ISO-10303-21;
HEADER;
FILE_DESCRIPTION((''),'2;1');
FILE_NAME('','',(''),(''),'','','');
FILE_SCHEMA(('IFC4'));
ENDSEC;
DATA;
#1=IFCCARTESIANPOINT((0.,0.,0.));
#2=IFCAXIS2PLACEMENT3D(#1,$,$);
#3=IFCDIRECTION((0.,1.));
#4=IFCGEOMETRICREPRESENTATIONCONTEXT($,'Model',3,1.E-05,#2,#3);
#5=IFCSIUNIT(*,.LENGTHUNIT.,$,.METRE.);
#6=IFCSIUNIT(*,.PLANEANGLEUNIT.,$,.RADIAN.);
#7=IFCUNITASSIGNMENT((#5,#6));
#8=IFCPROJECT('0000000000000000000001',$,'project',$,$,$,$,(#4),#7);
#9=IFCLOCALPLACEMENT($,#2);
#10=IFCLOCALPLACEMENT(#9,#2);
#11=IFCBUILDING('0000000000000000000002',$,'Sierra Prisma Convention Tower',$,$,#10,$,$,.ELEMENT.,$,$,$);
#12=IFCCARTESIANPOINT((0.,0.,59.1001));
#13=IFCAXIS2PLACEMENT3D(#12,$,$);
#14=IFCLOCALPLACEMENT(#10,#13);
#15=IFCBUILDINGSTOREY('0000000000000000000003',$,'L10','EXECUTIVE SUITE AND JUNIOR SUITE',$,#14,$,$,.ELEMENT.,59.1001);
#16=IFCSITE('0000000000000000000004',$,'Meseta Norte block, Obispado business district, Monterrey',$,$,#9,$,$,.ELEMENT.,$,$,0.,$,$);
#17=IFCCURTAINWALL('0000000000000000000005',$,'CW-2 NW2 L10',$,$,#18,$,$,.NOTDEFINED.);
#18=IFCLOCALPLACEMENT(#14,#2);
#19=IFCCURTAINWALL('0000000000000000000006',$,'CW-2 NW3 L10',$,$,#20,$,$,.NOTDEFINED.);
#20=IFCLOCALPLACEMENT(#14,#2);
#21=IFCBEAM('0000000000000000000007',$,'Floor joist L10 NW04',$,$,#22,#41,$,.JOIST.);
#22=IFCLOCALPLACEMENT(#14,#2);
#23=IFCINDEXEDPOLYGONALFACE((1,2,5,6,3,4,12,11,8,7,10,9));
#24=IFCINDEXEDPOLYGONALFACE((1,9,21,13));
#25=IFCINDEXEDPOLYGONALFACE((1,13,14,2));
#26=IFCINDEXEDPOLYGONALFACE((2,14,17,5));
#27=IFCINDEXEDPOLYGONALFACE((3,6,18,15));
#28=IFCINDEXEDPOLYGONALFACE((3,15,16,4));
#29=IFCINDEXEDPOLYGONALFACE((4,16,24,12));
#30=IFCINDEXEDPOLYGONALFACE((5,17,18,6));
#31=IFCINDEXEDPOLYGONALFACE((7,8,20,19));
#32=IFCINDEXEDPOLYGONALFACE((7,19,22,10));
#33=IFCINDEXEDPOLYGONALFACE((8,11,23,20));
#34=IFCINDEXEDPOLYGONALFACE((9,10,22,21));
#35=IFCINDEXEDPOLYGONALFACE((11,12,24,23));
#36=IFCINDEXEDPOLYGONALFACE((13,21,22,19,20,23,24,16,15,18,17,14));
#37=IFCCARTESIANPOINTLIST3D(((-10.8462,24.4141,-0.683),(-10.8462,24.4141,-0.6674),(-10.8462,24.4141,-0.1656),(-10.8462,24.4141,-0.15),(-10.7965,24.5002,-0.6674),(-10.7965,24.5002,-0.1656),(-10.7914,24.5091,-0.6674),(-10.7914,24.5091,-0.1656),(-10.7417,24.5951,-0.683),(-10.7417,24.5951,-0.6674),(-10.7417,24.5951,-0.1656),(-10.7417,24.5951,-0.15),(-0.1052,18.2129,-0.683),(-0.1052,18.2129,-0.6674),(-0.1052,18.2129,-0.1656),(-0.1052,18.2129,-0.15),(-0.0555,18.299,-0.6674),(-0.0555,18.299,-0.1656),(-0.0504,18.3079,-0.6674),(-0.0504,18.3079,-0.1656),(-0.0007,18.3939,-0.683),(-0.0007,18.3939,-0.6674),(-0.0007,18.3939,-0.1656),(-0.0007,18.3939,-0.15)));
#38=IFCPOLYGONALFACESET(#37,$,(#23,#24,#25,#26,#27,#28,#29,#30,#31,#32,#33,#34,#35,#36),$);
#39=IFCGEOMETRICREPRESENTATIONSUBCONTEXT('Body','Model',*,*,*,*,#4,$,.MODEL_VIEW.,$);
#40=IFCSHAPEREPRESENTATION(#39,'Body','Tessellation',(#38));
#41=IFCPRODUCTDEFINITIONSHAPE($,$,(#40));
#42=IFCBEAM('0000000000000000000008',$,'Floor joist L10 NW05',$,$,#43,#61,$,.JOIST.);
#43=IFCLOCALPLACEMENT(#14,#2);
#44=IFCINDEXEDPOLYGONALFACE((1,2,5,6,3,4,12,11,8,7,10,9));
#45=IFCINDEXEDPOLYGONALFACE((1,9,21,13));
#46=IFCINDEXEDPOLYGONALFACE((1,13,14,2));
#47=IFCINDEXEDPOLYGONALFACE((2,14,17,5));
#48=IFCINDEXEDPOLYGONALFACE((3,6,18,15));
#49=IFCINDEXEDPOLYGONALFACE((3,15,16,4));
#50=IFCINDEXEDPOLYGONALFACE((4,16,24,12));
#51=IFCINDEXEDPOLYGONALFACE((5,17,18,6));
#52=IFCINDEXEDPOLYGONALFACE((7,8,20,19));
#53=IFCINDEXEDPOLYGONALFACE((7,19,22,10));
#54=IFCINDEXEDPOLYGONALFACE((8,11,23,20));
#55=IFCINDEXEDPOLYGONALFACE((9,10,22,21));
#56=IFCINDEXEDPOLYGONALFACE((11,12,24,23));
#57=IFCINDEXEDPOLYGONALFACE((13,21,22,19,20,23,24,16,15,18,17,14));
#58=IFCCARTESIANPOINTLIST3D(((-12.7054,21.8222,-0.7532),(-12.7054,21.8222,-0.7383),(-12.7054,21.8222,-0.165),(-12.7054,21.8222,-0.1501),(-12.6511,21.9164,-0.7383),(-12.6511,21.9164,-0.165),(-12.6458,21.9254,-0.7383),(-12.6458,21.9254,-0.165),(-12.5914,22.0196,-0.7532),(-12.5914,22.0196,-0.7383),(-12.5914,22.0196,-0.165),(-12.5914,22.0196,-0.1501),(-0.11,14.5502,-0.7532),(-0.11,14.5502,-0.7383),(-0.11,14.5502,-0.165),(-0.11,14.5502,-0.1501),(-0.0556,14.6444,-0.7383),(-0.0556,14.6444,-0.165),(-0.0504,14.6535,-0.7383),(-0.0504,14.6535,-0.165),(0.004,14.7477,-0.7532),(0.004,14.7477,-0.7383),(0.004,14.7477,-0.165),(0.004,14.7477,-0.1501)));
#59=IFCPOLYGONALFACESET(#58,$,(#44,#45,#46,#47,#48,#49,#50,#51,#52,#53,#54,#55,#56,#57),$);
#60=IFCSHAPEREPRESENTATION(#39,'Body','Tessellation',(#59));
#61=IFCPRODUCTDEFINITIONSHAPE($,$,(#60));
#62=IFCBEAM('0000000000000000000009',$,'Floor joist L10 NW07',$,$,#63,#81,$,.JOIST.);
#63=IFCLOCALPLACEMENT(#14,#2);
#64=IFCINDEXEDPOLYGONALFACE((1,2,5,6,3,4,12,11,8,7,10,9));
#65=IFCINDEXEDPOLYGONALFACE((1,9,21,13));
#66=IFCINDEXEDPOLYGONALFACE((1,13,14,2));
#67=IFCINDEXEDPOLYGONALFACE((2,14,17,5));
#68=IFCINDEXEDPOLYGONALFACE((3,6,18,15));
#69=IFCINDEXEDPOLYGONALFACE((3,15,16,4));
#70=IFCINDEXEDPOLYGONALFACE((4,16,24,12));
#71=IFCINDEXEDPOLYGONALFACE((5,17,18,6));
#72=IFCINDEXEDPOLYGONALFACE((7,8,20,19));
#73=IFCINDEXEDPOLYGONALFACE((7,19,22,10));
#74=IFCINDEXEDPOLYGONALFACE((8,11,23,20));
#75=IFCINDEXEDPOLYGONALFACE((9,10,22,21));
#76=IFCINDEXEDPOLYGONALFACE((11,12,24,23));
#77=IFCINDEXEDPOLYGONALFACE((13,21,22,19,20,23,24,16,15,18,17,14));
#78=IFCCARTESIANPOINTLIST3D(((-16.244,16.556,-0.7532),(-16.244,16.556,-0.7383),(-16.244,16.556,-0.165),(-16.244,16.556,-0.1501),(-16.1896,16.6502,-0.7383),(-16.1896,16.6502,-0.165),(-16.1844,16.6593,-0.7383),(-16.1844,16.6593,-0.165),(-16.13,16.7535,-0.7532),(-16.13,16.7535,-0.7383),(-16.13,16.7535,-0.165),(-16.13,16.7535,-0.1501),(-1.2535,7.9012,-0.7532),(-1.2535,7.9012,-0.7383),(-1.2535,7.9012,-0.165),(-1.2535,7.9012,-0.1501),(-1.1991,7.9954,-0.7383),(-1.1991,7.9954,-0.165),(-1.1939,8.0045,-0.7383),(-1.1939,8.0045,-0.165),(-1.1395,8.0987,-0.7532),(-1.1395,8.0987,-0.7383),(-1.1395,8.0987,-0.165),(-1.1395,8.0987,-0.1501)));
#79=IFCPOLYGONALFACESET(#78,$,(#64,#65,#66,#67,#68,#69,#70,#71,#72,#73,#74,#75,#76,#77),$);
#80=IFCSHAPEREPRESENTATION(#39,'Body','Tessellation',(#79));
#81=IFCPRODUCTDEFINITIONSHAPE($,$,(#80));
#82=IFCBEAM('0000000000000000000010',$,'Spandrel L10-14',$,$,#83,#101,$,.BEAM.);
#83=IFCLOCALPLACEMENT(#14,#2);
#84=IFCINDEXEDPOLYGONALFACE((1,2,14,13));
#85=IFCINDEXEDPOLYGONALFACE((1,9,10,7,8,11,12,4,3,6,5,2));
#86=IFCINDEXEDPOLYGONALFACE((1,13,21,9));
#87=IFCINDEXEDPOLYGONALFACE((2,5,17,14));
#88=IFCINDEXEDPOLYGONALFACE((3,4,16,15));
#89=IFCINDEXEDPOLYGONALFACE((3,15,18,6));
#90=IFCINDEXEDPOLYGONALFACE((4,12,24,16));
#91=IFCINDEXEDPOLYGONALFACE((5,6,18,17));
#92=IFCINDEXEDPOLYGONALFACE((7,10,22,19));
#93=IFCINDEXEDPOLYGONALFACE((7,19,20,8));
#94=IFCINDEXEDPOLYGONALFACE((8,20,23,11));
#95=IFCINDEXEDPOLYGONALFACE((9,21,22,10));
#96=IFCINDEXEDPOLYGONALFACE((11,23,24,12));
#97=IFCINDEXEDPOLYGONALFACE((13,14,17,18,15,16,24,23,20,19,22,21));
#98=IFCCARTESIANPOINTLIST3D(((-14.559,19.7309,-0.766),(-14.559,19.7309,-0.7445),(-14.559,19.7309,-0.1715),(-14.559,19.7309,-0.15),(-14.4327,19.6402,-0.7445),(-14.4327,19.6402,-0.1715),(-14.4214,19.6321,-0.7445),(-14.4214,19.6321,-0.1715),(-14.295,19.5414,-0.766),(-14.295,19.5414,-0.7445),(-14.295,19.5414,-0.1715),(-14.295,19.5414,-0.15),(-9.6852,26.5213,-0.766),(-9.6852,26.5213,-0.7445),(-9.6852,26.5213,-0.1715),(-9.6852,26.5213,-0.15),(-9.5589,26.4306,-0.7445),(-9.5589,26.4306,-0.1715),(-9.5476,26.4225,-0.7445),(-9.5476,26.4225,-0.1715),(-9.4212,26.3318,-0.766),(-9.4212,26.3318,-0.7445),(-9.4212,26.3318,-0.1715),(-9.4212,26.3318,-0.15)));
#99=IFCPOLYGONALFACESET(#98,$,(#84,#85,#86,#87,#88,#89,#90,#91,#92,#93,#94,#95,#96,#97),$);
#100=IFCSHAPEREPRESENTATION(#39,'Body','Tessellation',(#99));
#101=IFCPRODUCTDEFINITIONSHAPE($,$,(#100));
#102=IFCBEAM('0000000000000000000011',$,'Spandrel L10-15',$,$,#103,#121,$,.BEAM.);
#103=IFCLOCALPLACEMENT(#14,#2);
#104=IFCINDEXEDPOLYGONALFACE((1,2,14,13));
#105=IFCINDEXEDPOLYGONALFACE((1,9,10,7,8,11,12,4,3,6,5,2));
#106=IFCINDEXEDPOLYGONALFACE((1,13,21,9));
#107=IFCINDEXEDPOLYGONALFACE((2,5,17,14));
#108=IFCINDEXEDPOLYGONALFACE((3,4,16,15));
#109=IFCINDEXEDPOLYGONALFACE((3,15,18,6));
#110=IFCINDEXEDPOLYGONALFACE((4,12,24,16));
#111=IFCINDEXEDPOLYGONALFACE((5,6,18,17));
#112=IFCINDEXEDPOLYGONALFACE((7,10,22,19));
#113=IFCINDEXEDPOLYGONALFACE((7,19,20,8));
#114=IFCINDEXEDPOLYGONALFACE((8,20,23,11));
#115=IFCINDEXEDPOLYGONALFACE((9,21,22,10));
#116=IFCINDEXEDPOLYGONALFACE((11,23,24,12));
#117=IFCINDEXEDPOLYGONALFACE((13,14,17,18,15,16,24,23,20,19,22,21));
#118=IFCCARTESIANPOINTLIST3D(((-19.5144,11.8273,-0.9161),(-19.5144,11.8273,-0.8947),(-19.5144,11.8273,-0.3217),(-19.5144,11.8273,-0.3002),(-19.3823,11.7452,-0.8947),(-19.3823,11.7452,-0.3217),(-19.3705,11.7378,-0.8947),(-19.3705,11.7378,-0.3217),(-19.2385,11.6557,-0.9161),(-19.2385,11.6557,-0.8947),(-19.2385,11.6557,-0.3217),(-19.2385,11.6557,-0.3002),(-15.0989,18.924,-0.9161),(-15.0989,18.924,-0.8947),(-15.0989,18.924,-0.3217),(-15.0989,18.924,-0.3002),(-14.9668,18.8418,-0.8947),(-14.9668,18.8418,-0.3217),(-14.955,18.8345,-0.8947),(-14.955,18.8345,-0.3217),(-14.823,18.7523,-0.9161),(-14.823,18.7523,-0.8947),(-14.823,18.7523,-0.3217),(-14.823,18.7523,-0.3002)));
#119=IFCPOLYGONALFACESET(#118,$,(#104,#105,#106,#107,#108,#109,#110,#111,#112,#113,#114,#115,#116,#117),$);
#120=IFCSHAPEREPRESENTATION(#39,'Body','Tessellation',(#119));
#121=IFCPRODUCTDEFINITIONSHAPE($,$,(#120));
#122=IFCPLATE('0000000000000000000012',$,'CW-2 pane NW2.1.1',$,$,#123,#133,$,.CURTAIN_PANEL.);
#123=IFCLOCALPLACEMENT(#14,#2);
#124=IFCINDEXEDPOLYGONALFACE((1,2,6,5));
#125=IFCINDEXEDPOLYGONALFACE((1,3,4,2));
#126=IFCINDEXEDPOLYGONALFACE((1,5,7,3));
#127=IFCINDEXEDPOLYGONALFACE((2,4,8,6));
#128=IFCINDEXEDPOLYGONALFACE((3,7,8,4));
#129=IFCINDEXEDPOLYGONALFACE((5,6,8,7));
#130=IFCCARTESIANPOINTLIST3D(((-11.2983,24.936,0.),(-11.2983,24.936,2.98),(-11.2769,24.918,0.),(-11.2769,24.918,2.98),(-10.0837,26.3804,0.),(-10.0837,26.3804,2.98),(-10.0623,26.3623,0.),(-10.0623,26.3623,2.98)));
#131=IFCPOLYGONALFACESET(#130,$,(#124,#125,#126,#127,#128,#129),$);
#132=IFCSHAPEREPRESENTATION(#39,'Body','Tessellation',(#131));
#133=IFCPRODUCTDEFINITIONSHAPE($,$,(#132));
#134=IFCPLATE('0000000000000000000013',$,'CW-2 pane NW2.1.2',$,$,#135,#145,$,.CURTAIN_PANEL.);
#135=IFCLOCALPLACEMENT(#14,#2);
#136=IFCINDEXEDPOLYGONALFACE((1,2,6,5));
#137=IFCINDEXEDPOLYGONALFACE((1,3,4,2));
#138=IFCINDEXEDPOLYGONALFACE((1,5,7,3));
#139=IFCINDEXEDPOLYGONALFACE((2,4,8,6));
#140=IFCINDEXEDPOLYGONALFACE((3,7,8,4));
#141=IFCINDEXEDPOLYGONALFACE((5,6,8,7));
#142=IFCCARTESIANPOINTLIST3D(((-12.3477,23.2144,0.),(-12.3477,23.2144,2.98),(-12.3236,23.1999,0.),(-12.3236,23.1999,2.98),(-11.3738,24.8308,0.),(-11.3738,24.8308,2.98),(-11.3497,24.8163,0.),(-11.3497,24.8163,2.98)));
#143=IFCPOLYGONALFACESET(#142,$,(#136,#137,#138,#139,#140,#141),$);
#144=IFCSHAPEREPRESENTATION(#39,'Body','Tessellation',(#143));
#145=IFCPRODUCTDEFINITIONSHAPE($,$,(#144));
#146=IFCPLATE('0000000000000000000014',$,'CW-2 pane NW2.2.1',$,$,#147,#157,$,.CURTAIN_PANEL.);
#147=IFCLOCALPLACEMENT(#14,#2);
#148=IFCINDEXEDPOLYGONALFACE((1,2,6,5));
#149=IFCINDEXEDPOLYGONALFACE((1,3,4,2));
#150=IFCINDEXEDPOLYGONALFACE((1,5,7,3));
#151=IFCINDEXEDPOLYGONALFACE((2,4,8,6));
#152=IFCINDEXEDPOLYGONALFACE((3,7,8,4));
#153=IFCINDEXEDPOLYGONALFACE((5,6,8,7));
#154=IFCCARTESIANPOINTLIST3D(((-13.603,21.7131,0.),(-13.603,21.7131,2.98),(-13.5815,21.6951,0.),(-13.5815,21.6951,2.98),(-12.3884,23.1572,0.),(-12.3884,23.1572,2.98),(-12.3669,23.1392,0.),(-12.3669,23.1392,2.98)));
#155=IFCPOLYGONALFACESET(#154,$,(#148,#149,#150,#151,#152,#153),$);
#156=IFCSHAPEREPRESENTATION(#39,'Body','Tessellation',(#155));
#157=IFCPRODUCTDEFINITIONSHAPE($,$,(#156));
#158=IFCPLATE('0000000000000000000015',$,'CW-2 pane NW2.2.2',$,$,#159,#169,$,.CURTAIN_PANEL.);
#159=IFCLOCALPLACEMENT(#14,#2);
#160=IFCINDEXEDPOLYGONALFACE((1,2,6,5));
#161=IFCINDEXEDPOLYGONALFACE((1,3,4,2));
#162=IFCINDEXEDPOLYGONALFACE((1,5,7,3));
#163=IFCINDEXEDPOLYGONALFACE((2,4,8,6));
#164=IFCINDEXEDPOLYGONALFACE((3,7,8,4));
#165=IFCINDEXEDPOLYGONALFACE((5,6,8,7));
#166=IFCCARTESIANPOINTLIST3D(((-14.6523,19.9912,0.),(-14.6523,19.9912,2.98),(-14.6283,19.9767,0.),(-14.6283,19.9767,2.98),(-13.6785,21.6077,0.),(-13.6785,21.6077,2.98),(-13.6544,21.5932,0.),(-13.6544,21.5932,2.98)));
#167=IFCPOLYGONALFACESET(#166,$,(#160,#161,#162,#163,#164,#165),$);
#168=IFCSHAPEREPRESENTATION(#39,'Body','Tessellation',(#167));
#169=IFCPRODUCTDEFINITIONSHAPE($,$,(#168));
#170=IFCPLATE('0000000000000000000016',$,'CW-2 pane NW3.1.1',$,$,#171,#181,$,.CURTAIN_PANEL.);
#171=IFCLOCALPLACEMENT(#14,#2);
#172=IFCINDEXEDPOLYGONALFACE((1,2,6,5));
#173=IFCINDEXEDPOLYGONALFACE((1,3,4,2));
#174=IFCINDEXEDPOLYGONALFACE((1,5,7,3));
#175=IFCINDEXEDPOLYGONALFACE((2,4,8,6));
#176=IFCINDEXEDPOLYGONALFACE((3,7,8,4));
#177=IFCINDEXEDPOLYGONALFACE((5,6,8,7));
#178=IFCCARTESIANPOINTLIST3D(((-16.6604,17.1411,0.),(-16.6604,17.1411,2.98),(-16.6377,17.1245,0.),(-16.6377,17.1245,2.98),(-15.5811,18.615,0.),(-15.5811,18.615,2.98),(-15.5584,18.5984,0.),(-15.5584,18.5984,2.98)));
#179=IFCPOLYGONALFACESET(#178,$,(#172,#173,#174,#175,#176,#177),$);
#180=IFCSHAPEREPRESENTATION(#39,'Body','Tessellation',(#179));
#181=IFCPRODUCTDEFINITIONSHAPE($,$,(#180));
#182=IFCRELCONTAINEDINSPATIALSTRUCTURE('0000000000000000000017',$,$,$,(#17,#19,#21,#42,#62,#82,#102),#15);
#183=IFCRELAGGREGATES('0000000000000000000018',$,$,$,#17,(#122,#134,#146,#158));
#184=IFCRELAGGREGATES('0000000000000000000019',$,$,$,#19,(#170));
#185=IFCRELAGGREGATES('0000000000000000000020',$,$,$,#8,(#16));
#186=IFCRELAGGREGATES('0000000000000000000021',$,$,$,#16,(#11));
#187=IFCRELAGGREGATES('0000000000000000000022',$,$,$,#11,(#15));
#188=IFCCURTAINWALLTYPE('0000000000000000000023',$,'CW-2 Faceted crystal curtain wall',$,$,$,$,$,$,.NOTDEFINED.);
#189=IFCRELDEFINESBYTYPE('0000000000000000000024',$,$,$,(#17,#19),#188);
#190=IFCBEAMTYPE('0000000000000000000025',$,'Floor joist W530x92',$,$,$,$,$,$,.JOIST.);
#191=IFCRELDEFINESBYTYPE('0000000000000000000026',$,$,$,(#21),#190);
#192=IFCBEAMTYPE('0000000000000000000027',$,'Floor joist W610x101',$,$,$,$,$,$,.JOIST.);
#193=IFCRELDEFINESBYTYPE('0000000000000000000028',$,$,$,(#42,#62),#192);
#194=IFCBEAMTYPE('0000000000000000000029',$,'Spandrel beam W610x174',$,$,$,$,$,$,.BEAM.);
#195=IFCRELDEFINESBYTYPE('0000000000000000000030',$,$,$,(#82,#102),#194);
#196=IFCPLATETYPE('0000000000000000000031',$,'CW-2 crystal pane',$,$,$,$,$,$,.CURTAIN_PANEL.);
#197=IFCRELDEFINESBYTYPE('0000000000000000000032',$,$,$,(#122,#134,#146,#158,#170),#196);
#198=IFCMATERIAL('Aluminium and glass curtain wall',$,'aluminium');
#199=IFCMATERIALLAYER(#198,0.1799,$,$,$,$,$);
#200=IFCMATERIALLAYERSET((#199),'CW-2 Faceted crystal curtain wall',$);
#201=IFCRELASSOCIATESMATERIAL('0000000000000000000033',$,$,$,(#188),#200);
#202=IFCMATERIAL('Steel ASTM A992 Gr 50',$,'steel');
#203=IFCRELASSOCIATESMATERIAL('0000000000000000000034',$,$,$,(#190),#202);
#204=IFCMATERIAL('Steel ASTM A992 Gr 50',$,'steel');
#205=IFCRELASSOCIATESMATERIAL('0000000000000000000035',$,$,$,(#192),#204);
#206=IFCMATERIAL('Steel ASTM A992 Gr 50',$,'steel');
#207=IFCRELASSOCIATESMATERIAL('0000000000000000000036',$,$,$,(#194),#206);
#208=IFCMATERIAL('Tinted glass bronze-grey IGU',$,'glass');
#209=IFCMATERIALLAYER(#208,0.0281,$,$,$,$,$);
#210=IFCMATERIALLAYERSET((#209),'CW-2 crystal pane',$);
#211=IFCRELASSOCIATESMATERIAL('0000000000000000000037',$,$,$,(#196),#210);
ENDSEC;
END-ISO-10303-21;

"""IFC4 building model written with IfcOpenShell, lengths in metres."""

from ifc_helpers import new_model, si_unit, direction, frame, origin, origin_2d, place, context, subcontext, project, spatial, polyline, i_section, outline, extrude, material, layer, layer_set, material_profile, profile_set, type_object, element, aggregate, save


model = new_model("IFC4")

# Units and contexts
model_context = context("Model", 3, precision=1e-05, world=origin(), true_north=direction((0.0, 1.0)))
body_context = subcontext(model_context, "Body", "Model", "MODEL_VIEW")
ifc_project = project(units=[si_unit("LENGTHUNIT", "METRE"), si_unit("PLANEANGLEUNIT", "RADIAN")], contexts=[model_context])

# Site, building, storey
site_placement = place(None, origin())
site = spatial("IfcSite", under=ifc_project, at=site_placement, Name="Meseta Norte block, Obispado business district, Monterrey", CompositionType="ELEMENT", RefElevation=0.0)
building_placement = place(site_placement, origin())
building = spatial("IfcBuilding", under=site, at=building_placement, Name="Sierra Prisma Convention Tower", CompositionType="ELEMENT")
storey_placement = place(building_placement, frame((0.0, 0.0, 59.1001)))
storey = spatial("IfcBuildingStorey", under=building, at=storey_placement, Name="L10", Description="EXECUTIVE SUITE AND JUNIOR SUITE", CompositionType="ELEMENT", Elevation=59.1001)

# Curtain wall
ifc_material_1 = material(Name="Aluminium and glass curtain wall", Category="aluminium")
ifc_layer_1 = layer(ifc_material_1, 0.1799)
ifc_layer_set_1 = layer_set([ifc_layer_1], Name="CW-2 Faceted crystal curtain wall")
curtain_wall_type_1 = type_object("IfcCurtainWallType", Name="CW-2 Faceted crystal curtain wall", PredefinedType="NOTDEFINED", material=ifc_layer_set_1)
curtain_wall_1_placement = place(storey_placement, origin())
curtain_wall_1 = element("IfcCurtainWall", 1, at=curtain_wall_1_placement, inside=storey, type_object=curtain_wall_type_1, Name="CW-2 NW2 L10", PredefinedType="NOTDEFINED")

# Curtain wall
curtain_wall_2_placement = place(storey_placement, origin())
curtain_wall_2 = element("IfcCurtainWall", 2, at=curtain_wall_2_placement, inside=storey, type_object=curtain_wall_type_1, Name="CW-2 NW3 L10", PredefinedType="NOTDEFINED")

# Beams
ifc_material_2 = material(Name="Steel ASTM A992 Gr 50", Category="steel")
ifc_material_profile_1 = material_profile(ifc_material_2, i_section(OverallWidth=0.209, OverallDepth=0.533, WebThickness=0.0103, FlangeThickness=0.0156, at=origin_2d()), Name="W530x92")
ifc_profile_set_1 = profile_set([ifc_material_profile_1], Name="Steel ASTM A992 Gr 50")
beam_type_1 = type_object("IfcBeamType", Name="Floor joist W530x92", PredefinedType="JOIST", material=ifc_profile_set_1)
beam_1_placement = place(storey_placement, frame((-10.7939, 24.5046, -0.4165), z_axis=(0.86603, -0.499992, 0.0), x_axis=(0.499992, 0.86603, 0.0)))
element("IfcBeam", 3, at=beam_1_placement, inside=storey, type_object=beam_type_1, Name="Floor joist L10 NW04", PredefinedType="JOIST", context=body_context, shape_type="SweptSolid", body=[
    extrude(i_section(OverallWidth=0.209, OverallDepth=0.533, WebThickness=0.0103, FlangeThickness=0.0156, at=origin_2d()), origin(), (0.0, 0.0, 1.0), 12.4026),
])
ifc_material_3 = material(Name="Steel ASTM A992 Gr 50", Category="steel")
ifc_material_profile_2 = material_profile(ifc_material_3, i_section(OverallWidth=0.228, OverallDepth=0.603, WebThickness=0.0105, FlangeThickness=0.0149, at=origin_2d()), Name="W610x101")
ifc_profile_set_2 = profile_set([ifc_material_profile_2], Name="Steel ASTM A992 Gr 50")
beam_type_2 = type_object("IfcBeamType", Name="Floor joist W610x101", PredefinedType="JOIST", material=ifc_profile_set_2)
beam_2_placement = place(storey_placement, frame((-12.6484, 21.9209, -0.4517), z_axis=(0.866026, -0.499999, 0.0), x_axis=(0.499999, 0.866026, 0.0)))
element("IfcBeam", 4, at=beam_2_placement, inside=storey, type_object=beam_type_2, Name="Floor joist L10 NW05", PredefinedType="JOIST", context=body_context, shape_type="SweptSolid", body=[
    extrude(i_section(OverallWidth=0.228, OverallDepth=0.603, WebThickness=0.0105, FlangeThickness=0.0149, at=origin_2d()), origin(), (0.0, 0.0, 1.0), 14.5439),
])
beam_3_placement = place(storey_placement, frame((-16.187, 16.6548, -0.4517), z_axis=(0.866025, -0.500001, 0.0), x_axis=(0.500001, 0.866025, 0.0)))
element("IfcBeam", 5, at=beam_3_placement, inside=storey, type_object=beam_type_2, Name="Floor joist L10 NW07", PredefinedType="JOIST", context=body_context, shape_type="SweptSolid", body=[
    extrude(i_section(OverallWidth=0.228, OverallDepth=0.603, WebThickness=0.0105, FlangeThickness=0.0149, at=origin_2d()), origin(), (0.0, 0.0, 1.0), 17.3096),
])
ifc_material_4 = material(Name="Steel ASTM A992 Gr 50", Category="steel")
ifc_material_profile_3 = material_profile(ifc_material_4, i_section(OverallWidth=0.325, OverallDepth=0.616, WebThickness=0.0139, FlangeThickness=0.0215, at=origin_2d()), Name="W610x174")
ifc_profile_set_3 = profile_set([ifc_material_profile_3], Name="Steel ASTM A992 Gr 50")
beam_type_3 = type_object("IfcBeamType", Name="Spandrel beam W610x174", PredefinedType="BEAM", material=ifc_profile_set_3)
beam_4_placement = place(storey_placement, frame((-9.5532, 26.4265, -0.458), z_axis=(-0.583104, -0.812397, 0.0), x_axis=(0.812397, -0.583104, 0.0)))
element("IfcBeam", 6, at=beam_4_placement, inside=storey, type_object=beam_type_3, Name="Spandrel L10-14", PredefinedType="BEAM", context=body_context, shape_type="SweptSolid", body=[
    extrude(i_section(OverallWidth=0.325, OverallDepth=0.616, WebThickness=0.0139, FlangeThickness=0.0215, at=origin_2d()), origin(), (0.0, 0.0, 1.0), 8.3584),
])
beam_5_placement = place(storey_placement, frame((-14.9609, 18.8381, -0.6082), z_axis=(-0.528286, -0.849067, 0.0), x_axis=(0.849067, -0.528286, 0.0)))
element("IfcBeam", 7, at=beam_5_placement, inside=storey, type_object=beam_type_3, Name="Spandrel L10-15", PredefinedType="BEAM", context=body_context, shape_type="SweptSolid", body=[
    extrude(i_section(OverallWidth=0.325, OverallDepth=0.616, WebThickness=0.0139, FlangeThickness=0.0215, at=origin_2d()), origin(), (0.0, 0.0, 1.0), 8.3582),
])

# Plates
ifc_material_5 = material(Name="Tinted glass bronze-grey IGU", Category="glass")
ifc_layer_2 = layer(ifc_material_5, 0.0281)
ifc_layer_set_2 = layer_set([ifc_layer_2], Name="CW-2 crystal pane")
plate_type_1 = type_object("IfcPlateType", Name="CW-2 crystal pane", PredefinedType="CURTAIN_PANEL", material=ifc_layer_set_2)
plate_1_placement = place(storey_placement, frame((-10.0837, 26.3804, 0.0), z_axis=(-0.76535, 0.643614, 0.0), x_axis=(-0.643614, -0.76535, 0.0)))
plate_1 = element("IfcPlate", 8, at=plate_1_placement, type_object=plate_type_1, Name="CW-2 pane NW2.1.1", PredefinedType="CURTAIN_PANEL", context=body_context, shape_type="SweptSolid", body=[
    extrude(outline(polyline([(0.0, 0.0), (1.8872, 0.0), (1.8872, 2.98), (0.0, 2.98), (0.0, 0.0)])), origin(), (0.0, 0.0, -1.0), 0.0281),
])
plate_2_placement = place(storey_placement, frame((-12.3477, 23.2144, 0.0), z_axis=(-0.856555, 0.516055, 0.0), x_axis=(0.516055, 0.856555, 0.0)))
plate_2 = element("IfcPlate", 9, at=plate_2_placement, type_object=plate_type_1, Name="CW-2 pane NW2.1.2", PredefinedType="CURTAIN_PANEL", context=body_context, shape_type="SweptSolid", body=[
    extrude(outline(polyline([(0.0, 0.0), (1.8872, 0.0), (1.8872, -2.98), (0.0, -2.98), (0.0, 0.0)])), origin(), (0.0, 0.0, -1.0), 0.0281),
])
plate_3_placement = place(storey_placement, frame((-12.3884, 23.1572, 0.0), z_axis=(-0.765297, 0.643677, 0.0), x_axis=(-0.643677, -0.765297, 0.0)))
plate_3 = element("IfcPlate", 10, at=plate_3_placement, type_object=plate_type_1, Name="CW-2 pane NW2.2.1", PredefinedType="CURTAIN_PANEL", context=body_context, shape_type="SweptSolid", body=[
    extrude(outline(polyline([(0.0, 0.0), (1.887, 0.0), (1.887, 2.98), (0.0, 2.98), (0.0, 0.0)])), origin(), (0.0, 0.0, -1.0), 0.0281),
])
plate_4_placement = place(storey_placement, frame((-14.6523, 19.9912, 0.0), z_axis=(-0.856555, 0.516055, 0.0), x_axis=(0.516055, 0.856555, 0.0)))
plate_4 = element("IfcPlate", 11, at=plate_4_placement, type_object=plate_type_1, Name="CW-2 pane NW2.2.2", PredefinedType="CURTAIN_PANEL", context=body_context, shape_type="SweptSolid", body=[
    extrude(outline(polyline([(0.0, 0.0), (1.8872, 0.0), (1.8872, -2.98), (0.0, -2.98), (0.0, 0.0)])), origin(), (0.0, 0.0, -1.0), 0.0281),
])
aggregate(curtain_wall_1, [plate_1, plate_2, plate_3, plate_4])
plate_5_placement = place(storey_placement, frame((-15.5811, 18.615, 0.0), z_axis=(-0.806796, 0.590831, 0.0), x_axis=(-0.590831, -0.806796, 0.0)))
plate_5 = element("IfcPlate", 12, at=plate_5_placement, type_object=plate_type_1, Name="CW-2 pane NW3.1.1", PredefinedType="CURTAIN_PANEL", context=body_context, shape_type="SweptSolid", body=[
    extrude(outline(polyline([(0.0, 0.0), (1.8268, 0.0), (1.8268, 2.98), (0.0, 2.98), (0.0, 0.0)])), origin(), (0.0, 0.0, -1.0), 0.0281),
])
aggregate(curtain_wall_2, [plate_5])

save(model, "model.ifc")
